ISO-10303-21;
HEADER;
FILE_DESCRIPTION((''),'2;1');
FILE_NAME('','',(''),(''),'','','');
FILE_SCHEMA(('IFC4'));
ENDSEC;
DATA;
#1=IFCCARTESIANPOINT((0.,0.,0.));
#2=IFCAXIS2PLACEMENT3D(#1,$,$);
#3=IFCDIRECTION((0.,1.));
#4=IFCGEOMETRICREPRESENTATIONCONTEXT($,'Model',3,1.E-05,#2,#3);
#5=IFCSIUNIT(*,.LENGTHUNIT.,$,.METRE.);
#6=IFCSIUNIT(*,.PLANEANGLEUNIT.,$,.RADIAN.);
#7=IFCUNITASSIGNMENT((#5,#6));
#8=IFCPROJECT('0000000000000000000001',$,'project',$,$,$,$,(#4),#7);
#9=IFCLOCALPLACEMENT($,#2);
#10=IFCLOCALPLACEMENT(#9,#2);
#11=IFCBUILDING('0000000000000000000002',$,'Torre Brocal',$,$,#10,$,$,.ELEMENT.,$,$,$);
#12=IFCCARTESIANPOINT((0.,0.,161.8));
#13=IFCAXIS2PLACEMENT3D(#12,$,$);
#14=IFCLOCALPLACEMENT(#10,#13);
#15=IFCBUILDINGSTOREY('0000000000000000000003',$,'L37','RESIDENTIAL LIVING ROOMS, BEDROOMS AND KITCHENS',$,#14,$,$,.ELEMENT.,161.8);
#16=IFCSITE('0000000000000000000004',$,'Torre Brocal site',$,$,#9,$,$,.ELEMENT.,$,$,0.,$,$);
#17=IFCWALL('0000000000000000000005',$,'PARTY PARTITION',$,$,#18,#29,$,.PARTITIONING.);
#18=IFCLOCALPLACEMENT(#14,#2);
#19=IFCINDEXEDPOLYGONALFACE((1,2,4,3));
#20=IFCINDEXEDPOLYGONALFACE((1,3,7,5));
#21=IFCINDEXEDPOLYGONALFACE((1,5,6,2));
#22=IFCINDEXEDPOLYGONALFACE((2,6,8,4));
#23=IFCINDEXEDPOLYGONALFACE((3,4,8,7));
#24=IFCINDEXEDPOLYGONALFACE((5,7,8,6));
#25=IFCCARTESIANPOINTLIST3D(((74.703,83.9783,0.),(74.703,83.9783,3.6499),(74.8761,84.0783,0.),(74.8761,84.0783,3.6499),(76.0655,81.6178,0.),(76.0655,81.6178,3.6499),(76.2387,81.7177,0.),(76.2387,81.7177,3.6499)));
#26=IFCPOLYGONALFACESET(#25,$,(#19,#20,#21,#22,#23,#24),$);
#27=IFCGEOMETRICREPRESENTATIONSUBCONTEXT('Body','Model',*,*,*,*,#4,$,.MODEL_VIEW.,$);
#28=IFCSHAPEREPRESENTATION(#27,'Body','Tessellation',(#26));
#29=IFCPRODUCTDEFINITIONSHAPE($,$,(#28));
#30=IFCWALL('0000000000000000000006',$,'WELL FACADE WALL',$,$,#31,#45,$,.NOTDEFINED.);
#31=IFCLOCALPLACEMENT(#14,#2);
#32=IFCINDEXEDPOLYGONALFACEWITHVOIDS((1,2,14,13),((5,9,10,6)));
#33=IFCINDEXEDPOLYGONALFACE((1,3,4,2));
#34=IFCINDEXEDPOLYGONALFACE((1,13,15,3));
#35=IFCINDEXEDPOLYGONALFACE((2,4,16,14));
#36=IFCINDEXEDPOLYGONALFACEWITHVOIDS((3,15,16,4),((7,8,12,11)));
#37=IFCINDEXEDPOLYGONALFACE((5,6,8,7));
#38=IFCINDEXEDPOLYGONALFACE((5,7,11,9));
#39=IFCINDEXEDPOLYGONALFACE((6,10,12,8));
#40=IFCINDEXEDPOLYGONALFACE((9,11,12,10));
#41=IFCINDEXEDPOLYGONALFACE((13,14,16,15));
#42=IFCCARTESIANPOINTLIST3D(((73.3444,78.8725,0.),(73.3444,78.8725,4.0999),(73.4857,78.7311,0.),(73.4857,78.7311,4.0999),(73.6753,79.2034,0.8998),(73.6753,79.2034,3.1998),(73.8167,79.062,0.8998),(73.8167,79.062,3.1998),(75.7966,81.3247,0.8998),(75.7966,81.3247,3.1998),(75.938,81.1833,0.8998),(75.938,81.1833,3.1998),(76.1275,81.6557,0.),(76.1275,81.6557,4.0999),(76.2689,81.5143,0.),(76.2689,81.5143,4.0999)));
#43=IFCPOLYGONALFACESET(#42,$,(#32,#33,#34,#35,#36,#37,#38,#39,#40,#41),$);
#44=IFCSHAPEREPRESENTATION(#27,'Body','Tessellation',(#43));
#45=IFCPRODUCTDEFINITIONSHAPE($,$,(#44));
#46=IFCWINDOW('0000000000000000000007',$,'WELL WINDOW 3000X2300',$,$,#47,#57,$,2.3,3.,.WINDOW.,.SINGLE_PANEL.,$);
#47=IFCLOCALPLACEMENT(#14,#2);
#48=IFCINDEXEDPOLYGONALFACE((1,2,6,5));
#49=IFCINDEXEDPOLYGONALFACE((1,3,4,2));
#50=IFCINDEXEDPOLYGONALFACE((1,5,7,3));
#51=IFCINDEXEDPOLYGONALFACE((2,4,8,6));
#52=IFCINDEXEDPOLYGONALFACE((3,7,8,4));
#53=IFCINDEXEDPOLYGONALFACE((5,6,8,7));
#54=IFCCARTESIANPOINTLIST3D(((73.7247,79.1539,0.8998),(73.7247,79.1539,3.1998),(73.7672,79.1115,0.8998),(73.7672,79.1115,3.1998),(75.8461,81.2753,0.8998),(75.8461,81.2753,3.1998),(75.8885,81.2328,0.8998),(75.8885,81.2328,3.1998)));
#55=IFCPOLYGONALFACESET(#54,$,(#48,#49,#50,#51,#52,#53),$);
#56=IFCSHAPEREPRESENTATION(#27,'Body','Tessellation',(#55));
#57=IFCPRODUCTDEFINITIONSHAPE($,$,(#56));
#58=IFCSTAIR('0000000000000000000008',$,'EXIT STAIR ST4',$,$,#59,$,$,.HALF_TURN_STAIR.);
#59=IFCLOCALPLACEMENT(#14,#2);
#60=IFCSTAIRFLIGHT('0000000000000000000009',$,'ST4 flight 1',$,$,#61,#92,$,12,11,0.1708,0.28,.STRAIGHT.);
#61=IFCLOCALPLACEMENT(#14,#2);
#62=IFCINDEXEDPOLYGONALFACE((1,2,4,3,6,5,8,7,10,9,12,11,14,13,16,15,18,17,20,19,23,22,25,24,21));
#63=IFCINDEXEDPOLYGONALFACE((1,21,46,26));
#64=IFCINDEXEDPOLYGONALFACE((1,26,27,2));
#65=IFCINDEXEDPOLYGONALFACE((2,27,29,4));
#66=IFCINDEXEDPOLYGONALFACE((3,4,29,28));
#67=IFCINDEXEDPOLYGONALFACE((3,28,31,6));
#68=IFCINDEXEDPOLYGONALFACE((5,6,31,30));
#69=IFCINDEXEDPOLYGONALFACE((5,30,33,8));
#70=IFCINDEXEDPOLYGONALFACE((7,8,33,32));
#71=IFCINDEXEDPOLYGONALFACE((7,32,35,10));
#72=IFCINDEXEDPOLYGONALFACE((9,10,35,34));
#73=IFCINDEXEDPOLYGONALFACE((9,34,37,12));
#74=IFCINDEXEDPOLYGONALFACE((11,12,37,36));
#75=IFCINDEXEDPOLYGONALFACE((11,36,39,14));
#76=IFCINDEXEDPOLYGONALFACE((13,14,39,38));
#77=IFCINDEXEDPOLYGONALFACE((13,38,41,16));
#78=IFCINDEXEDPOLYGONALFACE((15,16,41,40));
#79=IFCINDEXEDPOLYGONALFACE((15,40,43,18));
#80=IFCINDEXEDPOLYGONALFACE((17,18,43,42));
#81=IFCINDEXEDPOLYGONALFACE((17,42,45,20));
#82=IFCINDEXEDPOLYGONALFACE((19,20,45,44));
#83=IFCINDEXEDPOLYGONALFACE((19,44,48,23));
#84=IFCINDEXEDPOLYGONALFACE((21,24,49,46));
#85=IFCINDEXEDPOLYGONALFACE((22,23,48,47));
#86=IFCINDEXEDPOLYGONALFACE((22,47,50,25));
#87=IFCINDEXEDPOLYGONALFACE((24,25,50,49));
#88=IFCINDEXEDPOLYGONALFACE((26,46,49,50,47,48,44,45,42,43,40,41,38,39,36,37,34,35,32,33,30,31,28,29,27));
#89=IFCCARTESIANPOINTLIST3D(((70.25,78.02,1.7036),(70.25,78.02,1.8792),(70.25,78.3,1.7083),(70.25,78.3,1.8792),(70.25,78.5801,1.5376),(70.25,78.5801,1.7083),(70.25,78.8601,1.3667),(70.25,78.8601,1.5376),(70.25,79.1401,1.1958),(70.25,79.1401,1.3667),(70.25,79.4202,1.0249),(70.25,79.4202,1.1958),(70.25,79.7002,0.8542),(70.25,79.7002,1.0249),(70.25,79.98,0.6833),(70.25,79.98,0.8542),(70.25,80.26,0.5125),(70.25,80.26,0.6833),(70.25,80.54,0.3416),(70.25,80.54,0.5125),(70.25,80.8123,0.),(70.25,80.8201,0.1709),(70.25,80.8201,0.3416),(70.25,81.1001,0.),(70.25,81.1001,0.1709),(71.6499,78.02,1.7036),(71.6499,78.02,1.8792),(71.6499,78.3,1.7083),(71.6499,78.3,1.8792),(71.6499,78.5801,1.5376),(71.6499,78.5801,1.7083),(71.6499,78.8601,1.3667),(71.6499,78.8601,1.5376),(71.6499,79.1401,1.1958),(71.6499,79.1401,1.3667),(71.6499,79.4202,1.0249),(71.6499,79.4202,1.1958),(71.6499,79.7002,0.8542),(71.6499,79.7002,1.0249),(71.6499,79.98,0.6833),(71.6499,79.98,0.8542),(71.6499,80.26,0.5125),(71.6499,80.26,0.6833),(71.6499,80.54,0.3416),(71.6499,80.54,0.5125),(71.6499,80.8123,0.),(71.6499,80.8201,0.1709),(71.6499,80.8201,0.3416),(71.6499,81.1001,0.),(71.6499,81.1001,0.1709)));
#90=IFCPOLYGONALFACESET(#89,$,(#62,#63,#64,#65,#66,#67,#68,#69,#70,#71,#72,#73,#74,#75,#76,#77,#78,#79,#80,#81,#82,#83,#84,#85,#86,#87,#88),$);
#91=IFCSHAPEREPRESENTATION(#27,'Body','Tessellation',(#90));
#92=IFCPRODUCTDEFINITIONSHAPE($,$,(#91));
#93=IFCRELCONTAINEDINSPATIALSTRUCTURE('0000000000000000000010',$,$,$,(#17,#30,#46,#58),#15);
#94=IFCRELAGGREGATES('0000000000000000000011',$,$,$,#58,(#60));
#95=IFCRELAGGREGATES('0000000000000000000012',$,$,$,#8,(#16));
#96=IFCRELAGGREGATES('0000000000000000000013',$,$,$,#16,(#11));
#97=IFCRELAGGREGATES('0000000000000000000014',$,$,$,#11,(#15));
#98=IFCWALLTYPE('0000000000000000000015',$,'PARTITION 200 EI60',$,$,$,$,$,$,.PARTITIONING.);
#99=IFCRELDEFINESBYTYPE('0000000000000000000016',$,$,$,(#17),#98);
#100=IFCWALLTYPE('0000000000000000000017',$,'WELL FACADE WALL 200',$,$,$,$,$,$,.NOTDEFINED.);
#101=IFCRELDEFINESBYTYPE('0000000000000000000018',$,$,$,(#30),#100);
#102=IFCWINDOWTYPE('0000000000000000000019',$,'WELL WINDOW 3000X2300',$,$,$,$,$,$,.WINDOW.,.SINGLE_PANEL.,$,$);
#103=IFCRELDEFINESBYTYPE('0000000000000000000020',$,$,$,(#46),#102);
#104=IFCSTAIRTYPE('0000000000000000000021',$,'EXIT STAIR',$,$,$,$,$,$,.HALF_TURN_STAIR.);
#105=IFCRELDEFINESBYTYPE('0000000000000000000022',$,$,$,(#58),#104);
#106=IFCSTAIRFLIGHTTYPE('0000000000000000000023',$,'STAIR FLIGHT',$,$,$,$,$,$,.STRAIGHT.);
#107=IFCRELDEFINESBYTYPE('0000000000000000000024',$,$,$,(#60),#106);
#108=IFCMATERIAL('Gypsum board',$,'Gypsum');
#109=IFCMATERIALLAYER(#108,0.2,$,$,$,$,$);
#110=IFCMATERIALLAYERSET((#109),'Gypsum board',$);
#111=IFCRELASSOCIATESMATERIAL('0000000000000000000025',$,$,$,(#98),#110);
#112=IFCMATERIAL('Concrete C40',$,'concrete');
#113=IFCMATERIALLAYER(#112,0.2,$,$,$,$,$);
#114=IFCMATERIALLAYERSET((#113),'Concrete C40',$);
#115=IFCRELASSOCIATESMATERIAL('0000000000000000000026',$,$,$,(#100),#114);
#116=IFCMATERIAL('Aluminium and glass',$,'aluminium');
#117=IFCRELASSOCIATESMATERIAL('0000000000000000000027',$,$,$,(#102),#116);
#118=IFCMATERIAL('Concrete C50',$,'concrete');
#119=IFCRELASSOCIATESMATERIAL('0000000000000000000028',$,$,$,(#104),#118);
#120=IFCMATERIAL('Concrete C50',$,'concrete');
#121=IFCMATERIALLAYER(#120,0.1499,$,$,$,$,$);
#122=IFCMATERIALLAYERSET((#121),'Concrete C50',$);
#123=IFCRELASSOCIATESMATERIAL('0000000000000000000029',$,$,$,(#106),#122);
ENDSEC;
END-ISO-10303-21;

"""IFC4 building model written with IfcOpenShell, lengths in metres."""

from ifc_helpers import new_model, si_unit, direction, frame, frame_2d, origin, place, context, subcontext, project, spatial, polyline, rectangle, outline, extrude, material, layer, layer_set, type_object, element, fill, aggregate, save


model = new_model("IFC4")

# Units and contexts
model_context = context("Model", 3, precision=1e-05, world=origin(), true_north=direction((0.0, 1.0)))
body_context = subcontext(model_context, "Body", "Model", "MODEL_VIEW")
ifc_project = project(units=[si_unit("LENGTHUNIT", "METRE"), si_unit("PLANEANGLEUNIT", "RADIAN")], contexts=[model_context])

# Site, building, storey
site_placement = place(None, origin())
site = spatial("IfcSite", under=ifc_project, at=site_placement, Name="Torre Brocal site", CompositionType="ELEMENT", RefElevation=0.0)
building_placement = place(site_placement, origin())
building = spatial("IfcBuilding", under=site, at=building_placement, Name="Torre Brocal", CompositionType="ELEMENT")
storey_placement = place(building_placement, frame((0.0, 0.0, 161.8)))
storey = spatial("IfcBuildingStorey", under=building, at=storey_placement, Name="L37", Description="RESIDENTIAL LIVING ROOMS, BEDROOMS AND KITCHENS", CompositionType="ELEMENT", Elevation=161.8)

# Shared definitions
ifc_material_1 = material(Name="Gypsum board", Category="Gypsum")
ifc_layer_1 = layer(ifc_material_1, 0.2)
ifc_layer_set_1 = layer_set([ifc_layer_1], Name="Gypsum board")
wall_type_1 = type_object("IfcWallType", Name="PARTITION 200 EI60", PredefinedType="PARTITIONING", material=ifc_layer_set_1)

# Wall
wall_1_placement = place(storey_placement, frame((74.7896, 84.0283, 0.0), z_axis=(0.0, 0.0, 1.0), x_axis=(0.499906, -0.86608, 0.0)))
element("IfcWall", 1, at=wall_1_placement, inside=storey, type_object=wall_type_1, Name="PARTY PARTITION", PredefinedType="PARTITIONING", context=body_context, shape_type="SweptSolid", body=[
    extrude(rectangle(XDim=2.7256, YDim=0.2, at=frame_2d((1.3628, 0.0))), origin(), (0.0, 0.0, 1.0), 3.6499),
])

# Wall, opening, window
ifc_material_2 = material(Name="Concrete C40", Category="concrete")
ifc_layer_2 = layer(ifc_material_2, 0.2)
ifc_layer_set_2 = layer_set([ifc_layer_2], Name="Concrete C40")
wall_type_2 = type_object("IfcWallType", Name="WELL FACADE WALL 200", PredefinedType="NOTDEFINED", material=ifc_layer_set_2)
wall_2_placement = place(storey_placement, frame((76.1982, 81.585, 0.0), z_axis=(0.0, 0.0, 1.0), x_axis=(-0.707107, -0.707107, 0.0)))
wall_2 = element("IfcWall", 2, at=wall_2_placement, inside=storey, type_object=wall_type_2, Name="WELL FACADE WALL", PredefinedType="NOTDEFINED", context=body_context, shape_type="SweptSolid", body=[
    extrude(rectangle(XDim=3.936, YDim=0.2, at=frame_2d((1.968, 0.0))), origin(), (0.0, 0.0, 1.0), 4.0999),
])
opening_1_placement = place(wall_2_placement, frame((0.468, 0.0, 0.8999)))
opening_1 = element("IfcOpeningElement", 3, at=opening_1_placement, cuts=wall_2, PredefinedType="OPENING", context=body_context, shape_type="SweptSolid", body=[
    extrude(rectangle(XDim=3.0, YDim=2.3, at=frame_2d((1.5, 1.1499))), frame((0.0, 0.1099, 0.0), z_axis=(0.0, -1.0, 0.0), x_axis=(1.0, 0.0, 0.0)), (0.0, 0.0, 1.0), 0.22),
])
ifc_material_3 = material(Name="Aluminium and glass", Category="aluminium")
window_type = type_object("IfcWindowType", Name="WELL WINDOW 3000X2300", PartitioningType="SINGLE_PANEL", PredefinedType="WINDOW", material=ifc_material_3)
window_placement = place(opening_1_placement, origin())
window = element("IfcWindow", 4, at=window_placement, inside=storey, type_object=window_type, Name="WELL WINDOW 3000X2300", OverallHeight=2.3, OverallWidth=3.0, PartitioningType="SINGLE_PANEL", PredefinedType="WINDOW", context=body_context, shape_type="SweptSolid", body=[
    extrude(rectangle(XDim=3.0, YDim=2.3, at=frame_2d((1.5, 1.1499))), frame((0.0, 0.03, 0.0), z_axis=(0.0, -1.0, 0.0), x_axis=(1.0, 0.0, 0.0)), (0.0, 0.0, 1.0), 0.0601),
])
fill(opening_1, window)

# Stair, stair flight
ifc_material_4 = material(Name="Concrete C50", Category="concrete")
stair_type = type_object("IfcStairType", Name="EXIT STAIR", PredefinedType="HALF_TURN_STAIR", material=ifc_material_4)
stair_placement = place(storey_placement, origin())
stair = element("IfcStair", 5, at=stair_placement, inside=storey, type_object=stair_type, Name="EXIT STAIR ST4", PredefinedType="HALF_TURN_STAIR")
ifc_material_5 = material(Name="Concrete C50", Category="concrete")
ifc_layer_3 = layer(ifc_material_5, 0.1499)
ifc_layer_set_3 = layer_set([ifc_layer_3], Name="Concrete C50")
stair_flight_type = type_object("IfcStairFlightType", Name="STAIR FLIGHT", PredefinedType="STRAIGHT", material=ifc_layer_set_3)
stair_flight_placement = place(storey_placement, frame((70.95, 81.1001, 0.0), z_axis=(0.0, 0.0, 1.0), x_axis=(0.0, -1.0, 0.0)))
stair_flight = element("IfcStairFlight", 6, at=stair_flight_placement, type_object=stair_flight_type, Name="ST4 flight 1", NumberOfRisers=12, NumberOfTreads=11, PredefinedType="STRAIGHT", RiserHeight=0.1708, TreadLength=0.28, context=body_context, shape_type="SweptSolid", body=[
    extrude(outline(polyline([(0.0, 0.0), (0.0, 0.1709), (0.28, 0.1709), (0.28, 0.3416), (0.5601, 0.3416), (0.5601, 0.5125), (0.8401, 0.5125), (0.8401, 0.6833), (1.1201, 0.6833), (1.1201, 0.8542), (1.3999, 0.8542), (1.3999, 1.0249), (1.6799, 1.0249), (1.6799, 1.1958), (1.96, 1.1958), (1.96, 1.3667), (2.24, 1.3667), (2.24, 1.5376), (2.52, 1.5376), (2.52, 1.7083), (2.8, 1.7083), (2.8, 1.8792), (3.0801, 1.8792), (3.0801, 2.05), (3.0801, 1.7036), (0.2878, 0.0), (0.0, 0.0)])), frame((0.0, 0.7, 0.0), z_axis=(0.0, -1.0, 0.0), x_axis=(1.0, 0.0, 0.0)), (0.0, 0.0, 1.0), 1.3999),
])
aggregate(stair, [stair_flight])

save(model, "model.ifc")
